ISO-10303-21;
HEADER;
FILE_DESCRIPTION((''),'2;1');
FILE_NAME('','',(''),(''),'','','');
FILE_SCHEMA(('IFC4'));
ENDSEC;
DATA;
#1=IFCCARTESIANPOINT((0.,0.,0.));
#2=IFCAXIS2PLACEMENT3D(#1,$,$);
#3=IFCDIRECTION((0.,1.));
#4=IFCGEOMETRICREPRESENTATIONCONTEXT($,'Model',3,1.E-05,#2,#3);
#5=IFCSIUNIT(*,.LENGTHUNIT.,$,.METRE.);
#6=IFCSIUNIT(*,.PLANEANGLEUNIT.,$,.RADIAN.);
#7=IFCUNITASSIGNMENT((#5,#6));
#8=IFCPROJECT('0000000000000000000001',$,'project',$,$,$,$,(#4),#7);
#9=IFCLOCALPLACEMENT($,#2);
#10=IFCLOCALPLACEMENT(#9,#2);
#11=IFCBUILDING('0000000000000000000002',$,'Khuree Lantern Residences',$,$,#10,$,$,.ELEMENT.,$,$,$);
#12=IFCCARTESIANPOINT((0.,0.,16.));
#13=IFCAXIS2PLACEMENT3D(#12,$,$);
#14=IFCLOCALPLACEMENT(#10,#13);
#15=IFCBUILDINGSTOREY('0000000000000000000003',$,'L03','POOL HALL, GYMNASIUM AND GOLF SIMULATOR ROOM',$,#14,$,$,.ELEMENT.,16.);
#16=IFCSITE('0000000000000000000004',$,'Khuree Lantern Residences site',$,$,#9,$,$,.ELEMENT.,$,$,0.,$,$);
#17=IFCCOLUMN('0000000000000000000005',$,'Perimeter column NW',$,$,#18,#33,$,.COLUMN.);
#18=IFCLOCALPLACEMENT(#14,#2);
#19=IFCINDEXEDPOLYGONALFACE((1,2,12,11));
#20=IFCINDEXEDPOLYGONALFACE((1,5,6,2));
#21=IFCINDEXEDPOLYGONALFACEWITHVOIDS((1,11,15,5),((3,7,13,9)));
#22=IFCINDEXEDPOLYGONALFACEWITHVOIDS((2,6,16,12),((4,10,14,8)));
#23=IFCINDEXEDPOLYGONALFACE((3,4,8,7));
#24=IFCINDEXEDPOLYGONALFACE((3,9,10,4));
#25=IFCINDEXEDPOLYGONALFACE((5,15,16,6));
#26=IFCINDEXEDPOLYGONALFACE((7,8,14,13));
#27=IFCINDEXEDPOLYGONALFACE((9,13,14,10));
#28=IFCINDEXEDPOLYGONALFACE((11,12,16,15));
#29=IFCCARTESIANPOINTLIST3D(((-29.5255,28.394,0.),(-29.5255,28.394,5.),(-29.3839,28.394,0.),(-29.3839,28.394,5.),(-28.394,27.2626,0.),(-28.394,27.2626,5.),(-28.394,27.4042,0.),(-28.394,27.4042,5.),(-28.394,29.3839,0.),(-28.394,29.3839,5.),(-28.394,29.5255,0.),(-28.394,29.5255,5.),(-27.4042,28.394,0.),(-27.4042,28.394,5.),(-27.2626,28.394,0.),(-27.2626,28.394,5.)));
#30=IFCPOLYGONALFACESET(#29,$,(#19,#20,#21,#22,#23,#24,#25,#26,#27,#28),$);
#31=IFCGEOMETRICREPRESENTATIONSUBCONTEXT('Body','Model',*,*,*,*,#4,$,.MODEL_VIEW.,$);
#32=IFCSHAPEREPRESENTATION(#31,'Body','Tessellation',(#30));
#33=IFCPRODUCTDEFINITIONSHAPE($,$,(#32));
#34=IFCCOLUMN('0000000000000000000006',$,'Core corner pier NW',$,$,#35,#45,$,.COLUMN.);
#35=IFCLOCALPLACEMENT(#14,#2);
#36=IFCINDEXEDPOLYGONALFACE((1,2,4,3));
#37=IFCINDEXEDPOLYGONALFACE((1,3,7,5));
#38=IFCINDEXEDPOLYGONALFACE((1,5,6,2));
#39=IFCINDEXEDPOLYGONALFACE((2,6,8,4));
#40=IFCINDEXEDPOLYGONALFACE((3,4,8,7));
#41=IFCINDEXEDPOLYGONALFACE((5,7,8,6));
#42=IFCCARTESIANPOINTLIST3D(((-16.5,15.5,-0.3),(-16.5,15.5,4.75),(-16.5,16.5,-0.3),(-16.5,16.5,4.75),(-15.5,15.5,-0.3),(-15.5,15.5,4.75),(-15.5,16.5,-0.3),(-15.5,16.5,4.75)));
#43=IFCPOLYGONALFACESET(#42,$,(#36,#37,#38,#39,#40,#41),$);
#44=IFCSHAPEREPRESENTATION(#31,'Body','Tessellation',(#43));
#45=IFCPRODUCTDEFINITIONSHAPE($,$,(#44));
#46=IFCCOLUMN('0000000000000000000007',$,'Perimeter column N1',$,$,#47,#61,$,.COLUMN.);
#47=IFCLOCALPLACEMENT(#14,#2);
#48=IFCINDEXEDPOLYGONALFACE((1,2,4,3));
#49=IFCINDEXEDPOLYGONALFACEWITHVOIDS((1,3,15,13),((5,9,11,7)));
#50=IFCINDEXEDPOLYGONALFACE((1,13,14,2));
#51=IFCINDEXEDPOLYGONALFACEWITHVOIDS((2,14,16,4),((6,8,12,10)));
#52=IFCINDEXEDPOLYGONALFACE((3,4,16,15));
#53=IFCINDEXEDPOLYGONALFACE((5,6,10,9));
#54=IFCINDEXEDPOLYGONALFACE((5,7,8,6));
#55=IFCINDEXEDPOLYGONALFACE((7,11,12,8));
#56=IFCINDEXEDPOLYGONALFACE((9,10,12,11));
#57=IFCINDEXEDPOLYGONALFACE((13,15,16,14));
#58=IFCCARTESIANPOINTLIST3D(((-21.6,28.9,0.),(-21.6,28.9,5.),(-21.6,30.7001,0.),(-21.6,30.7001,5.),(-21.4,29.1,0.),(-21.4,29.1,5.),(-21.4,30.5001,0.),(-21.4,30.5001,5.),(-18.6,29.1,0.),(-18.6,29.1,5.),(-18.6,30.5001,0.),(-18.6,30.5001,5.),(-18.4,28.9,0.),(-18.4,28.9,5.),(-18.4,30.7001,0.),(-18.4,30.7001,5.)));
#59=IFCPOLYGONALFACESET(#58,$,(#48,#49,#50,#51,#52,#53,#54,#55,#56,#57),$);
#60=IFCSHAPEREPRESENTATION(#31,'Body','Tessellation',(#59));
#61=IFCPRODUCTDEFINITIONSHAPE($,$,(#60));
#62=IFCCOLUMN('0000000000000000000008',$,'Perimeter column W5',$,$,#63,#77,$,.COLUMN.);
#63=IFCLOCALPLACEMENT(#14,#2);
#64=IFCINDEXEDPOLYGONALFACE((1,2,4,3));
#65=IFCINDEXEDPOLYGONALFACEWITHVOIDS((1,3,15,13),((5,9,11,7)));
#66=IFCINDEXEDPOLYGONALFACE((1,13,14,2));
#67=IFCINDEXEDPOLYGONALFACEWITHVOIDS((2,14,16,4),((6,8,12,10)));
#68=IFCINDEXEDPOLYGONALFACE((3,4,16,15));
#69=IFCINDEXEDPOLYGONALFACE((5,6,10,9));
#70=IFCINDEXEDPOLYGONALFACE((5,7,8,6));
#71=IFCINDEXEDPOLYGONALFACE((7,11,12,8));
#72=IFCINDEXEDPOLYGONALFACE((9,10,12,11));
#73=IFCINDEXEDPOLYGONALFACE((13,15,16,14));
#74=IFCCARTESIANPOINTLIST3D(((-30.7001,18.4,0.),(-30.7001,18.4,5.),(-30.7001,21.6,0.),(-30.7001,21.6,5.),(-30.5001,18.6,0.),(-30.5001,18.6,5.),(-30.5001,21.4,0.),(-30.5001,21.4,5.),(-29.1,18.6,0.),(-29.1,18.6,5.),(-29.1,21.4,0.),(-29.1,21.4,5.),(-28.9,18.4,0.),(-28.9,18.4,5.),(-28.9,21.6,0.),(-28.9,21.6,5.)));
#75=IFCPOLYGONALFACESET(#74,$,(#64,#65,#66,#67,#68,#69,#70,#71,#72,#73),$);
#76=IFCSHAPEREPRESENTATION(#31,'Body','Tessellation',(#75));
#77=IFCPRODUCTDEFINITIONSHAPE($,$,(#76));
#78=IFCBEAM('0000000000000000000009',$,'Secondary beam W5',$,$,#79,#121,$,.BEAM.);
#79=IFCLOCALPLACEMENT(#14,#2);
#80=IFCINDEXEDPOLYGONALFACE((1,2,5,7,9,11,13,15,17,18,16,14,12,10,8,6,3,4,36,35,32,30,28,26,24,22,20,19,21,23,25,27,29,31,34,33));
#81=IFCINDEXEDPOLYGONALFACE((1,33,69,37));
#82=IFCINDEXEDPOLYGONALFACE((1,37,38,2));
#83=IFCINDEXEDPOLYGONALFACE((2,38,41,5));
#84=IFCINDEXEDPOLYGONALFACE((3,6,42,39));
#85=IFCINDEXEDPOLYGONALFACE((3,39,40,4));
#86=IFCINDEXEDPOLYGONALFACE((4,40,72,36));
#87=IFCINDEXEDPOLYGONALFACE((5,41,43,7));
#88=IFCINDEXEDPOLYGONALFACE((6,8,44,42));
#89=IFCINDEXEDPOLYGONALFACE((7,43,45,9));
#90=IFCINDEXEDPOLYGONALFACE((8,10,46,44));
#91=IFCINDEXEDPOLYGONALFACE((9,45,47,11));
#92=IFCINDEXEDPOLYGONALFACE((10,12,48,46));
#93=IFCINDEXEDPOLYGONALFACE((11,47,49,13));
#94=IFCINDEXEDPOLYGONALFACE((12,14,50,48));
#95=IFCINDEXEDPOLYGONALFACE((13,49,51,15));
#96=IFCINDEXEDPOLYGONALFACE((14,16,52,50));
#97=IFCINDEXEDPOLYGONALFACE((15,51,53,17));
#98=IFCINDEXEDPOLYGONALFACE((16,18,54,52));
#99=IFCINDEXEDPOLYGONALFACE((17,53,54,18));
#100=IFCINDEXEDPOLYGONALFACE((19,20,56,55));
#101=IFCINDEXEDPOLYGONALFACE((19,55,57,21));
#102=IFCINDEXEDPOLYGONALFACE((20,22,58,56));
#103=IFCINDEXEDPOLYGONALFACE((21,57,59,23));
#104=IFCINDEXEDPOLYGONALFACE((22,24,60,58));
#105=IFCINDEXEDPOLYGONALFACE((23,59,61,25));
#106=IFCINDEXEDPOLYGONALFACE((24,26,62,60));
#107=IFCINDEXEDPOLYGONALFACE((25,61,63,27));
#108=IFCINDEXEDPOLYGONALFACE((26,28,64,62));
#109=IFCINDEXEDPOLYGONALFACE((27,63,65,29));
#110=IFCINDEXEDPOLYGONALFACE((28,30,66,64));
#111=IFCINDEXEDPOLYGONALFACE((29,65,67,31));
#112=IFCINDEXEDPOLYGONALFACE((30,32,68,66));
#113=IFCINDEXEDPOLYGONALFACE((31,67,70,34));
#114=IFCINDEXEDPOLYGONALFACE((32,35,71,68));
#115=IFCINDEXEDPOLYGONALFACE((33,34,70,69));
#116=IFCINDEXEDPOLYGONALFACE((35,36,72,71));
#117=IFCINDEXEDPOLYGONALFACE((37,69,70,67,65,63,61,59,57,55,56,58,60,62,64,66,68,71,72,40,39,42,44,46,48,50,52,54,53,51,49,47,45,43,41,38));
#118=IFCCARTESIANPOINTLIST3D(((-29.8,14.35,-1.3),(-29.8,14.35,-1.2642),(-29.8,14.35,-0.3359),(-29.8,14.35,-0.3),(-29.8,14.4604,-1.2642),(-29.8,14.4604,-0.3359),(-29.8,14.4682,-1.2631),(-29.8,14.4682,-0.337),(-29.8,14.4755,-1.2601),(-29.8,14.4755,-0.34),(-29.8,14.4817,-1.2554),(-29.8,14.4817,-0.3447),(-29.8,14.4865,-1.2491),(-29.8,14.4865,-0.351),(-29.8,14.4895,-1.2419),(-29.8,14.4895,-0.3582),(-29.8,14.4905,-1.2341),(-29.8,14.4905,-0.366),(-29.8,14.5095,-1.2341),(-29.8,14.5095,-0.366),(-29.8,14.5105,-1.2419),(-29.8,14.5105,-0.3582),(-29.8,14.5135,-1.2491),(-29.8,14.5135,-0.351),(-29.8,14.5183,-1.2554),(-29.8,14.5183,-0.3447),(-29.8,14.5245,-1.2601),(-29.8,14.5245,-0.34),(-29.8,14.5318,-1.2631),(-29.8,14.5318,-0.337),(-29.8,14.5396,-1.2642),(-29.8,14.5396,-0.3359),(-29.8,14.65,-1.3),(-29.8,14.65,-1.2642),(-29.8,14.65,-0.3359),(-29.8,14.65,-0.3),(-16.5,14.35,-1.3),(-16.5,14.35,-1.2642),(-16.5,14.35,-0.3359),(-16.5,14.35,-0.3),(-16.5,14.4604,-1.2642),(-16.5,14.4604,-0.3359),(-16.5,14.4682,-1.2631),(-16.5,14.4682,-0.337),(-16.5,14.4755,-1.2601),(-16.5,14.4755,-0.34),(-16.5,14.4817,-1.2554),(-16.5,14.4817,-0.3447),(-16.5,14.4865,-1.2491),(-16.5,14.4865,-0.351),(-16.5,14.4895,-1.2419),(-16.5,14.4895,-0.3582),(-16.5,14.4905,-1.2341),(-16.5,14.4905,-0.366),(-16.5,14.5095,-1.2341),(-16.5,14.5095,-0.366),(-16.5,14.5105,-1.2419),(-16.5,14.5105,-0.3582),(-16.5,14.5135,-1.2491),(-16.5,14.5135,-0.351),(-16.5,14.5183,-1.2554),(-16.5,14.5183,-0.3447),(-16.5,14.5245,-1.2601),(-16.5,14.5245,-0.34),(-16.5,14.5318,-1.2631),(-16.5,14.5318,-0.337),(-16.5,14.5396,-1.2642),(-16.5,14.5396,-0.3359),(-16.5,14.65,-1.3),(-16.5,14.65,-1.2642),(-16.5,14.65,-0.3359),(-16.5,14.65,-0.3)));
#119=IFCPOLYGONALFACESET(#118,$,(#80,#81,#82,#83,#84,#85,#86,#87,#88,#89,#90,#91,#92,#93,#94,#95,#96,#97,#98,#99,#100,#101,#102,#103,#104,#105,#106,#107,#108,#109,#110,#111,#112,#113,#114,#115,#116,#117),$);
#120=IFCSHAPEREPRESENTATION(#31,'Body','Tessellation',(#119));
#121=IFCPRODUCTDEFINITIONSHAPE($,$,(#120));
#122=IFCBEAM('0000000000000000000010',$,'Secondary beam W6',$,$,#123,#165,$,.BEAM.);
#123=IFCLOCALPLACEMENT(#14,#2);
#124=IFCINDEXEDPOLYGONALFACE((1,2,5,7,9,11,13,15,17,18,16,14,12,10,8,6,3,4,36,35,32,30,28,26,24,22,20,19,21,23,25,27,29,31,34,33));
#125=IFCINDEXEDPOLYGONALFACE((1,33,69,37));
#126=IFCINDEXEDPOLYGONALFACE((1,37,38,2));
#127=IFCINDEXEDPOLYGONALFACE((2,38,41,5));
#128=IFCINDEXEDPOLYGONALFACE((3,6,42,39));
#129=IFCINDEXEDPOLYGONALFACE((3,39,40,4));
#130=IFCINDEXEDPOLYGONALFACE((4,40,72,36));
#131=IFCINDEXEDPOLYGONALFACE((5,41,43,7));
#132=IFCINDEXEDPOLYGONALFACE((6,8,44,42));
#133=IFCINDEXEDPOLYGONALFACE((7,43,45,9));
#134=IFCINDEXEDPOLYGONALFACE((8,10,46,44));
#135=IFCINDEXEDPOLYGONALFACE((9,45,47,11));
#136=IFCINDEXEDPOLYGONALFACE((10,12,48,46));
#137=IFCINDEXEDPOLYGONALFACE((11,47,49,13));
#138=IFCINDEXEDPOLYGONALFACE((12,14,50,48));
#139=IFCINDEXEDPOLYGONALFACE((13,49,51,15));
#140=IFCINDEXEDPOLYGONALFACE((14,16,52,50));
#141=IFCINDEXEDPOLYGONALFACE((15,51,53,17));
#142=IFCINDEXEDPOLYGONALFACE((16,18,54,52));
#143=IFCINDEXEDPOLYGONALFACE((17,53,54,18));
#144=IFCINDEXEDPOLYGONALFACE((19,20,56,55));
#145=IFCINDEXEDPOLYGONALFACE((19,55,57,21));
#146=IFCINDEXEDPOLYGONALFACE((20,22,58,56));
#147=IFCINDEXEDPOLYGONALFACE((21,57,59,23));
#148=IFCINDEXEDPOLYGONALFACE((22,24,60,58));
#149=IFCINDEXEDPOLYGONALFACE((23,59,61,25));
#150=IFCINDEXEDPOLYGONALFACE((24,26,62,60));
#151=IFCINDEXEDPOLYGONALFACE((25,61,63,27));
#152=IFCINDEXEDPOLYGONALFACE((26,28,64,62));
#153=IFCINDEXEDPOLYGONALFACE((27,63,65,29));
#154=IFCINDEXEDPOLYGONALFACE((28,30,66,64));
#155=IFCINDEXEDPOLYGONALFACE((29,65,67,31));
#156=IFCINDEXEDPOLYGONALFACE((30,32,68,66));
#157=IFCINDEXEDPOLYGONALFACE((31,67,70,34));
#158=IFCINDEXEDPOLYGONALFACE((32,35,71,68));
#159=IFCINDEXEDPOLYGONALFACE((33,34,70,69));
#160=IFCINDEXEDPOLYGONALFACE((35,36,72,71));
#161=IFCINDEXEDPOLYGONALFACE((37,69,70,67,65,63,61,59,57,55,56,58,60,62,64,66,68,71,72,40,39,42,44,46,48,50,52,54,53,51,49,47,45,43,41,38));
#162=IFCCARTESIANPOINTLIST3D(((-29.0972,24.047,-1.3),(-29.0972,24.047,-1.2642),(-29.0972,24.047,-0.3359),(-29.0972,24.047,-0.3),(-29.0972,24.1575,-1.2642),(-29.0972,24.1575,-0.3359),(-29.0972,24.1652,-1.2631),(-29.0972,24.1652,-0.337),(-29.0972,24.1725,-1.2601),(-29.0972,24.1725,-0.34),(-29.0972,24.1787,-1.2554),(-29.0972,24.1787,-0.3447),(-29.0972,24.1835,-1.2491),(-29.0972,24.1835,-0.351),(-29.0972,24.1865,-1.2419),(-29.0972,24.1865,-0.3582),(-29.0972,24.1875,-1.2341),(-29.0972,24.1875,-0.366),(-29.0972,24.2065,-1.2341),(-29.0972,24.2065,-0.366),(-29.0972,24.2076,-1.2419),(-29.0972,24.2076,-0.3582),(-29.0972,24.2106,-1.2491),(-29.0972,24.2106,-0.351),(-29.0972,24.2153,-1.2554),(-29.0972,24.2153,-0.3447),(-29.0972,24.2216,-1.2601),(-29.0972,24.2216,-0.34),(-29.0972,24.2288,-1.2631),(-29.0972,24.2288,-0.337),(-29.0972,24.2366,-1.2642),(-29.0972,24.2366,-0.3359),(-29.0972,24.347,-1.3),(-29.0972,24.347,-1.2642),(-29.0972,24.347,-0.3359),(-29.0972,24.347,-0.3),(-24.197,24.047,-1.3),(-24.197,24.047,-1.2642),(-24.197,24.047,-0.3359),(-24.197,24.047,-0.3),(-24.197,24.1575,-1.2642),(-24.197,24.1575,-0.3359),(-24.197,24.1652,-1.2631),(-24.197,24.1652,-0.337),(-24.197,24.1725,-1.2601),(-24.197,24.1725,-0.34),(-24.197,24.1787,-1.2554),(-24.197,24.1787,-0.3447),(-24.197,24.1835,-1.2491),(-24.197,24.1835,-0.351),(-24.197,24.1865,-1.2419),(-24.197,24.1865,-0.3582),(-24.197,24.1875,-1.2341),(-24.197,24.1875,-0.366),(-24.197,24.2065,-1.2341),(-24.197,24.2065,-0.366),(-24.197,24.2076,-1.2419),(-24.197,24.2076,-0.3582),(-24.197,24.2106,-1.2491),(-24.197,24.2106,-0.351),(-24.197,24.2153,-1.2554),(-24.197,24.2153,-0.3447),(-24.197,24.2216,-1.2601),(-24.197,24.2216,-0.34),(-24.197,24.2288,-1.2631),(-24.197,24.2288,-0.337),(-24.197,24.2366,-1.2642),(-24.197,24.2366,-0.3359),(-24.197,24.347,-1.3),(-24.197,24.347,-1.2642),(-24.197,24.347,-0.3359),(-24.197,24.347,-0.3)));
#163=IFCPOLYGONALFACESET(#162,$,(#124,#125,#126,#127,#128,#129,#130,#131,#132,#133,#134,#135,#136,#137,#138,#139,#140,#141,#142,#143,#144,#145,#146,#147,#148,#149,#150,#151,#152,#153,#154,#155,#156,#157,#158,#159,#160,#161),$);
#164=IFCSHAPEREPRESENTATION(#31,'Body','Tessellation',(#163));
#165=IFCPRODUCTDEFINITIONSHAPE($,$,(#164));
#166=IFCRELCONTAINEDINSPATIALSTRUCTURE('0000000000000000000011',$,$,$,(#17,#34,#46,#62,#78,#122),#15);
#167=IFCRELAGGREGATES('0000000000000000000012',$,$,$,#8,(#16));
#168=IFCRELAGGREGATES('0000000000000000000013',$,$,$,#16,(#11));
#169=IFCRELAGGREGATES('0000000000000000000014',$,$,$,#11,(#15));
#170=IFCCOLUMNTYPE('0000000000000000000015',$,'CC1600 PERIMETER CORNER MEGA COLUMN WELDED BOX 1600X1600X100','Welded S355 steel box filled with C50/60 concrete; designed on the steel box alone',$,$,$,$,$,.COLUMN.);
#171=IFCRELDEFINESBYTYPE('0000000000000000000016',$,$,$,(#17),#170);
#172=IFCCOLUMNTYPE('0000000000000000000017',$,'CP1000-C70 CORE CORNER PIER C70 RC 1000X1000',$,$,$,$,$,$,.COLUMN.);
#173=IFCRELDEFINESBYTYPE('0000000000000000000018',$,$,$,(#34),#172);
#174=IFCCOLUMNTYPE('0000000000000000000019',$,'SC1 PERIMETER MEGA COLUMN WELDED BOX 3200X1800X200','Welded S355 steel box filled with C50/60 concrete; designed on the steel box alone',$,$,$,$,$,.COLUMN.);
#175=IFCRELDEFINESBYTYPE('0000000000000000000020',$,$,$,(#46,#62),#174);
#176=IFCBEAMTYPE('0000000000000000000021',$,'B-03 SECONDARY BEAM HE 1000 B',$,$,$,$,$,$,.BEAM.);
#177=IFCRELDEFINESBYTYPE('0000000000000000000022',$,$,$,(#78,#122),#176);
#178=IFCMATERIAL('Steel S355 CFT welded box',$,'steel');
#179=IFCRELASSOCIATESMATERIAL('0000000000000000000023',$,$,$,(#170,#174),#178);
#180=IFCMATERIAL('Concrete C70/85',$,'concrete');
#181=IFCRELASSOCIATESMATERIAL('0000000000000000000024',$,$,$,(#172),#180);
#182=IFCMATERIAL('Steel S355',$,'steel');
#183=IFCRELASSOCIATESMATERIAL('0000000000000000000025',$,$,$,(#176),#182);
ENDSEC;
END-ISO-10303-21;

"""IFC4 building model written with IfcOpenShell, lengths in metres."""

from ifc_helpers import new_model, si_unit, direction, frame, origin, origin_2d, place, context, subcontext, project, spatial, rectangle, hollow_rectangle, i_section, extrude, material, material_profile, profile_set, type_object, element, save


model = new_model("IFC4")

# Units and contexts
model_context = context("Model", 3, precision=1e-05, world=origin(), true_north=direction((0.0, 1.0)))
body_context = subcontext(model_context, "Body", "Model", "MODEL_VIEW")
ifc_project = project(units=[si_unit("LENGTHUNIT", "METRE"), si_unit("PLANEANGLEUNIT", "RADIAN")], contexts=[model_context])

# Site, building, storey
site_placement = place(None, origin())
site = spatial("IfcSite", under=ifc_project, at=site_placement, Name="Khuree Lantern Residences site", CompositionType="ELEMENT", RefElevation=0.0)
building_placement = place(site_placement, origin())
building = spatial("IfcBuilding", under=site, at=building_placement, Name="Khuree Lantern Residences", CompositionType="ELEMENT")
storey_placement = place(building_placement, frame((0.0, 0.0, 16.0)))
storey = spatial("IfcBuildingStorey", under=building, at=storey_placement, Name="L03", Description="POOL HALL, GYMNASIUM AND GOLF SIMULATOR ROOM", CompositionType="ELEMENT", Elevation=16.0)

# Columns
ifc_material_1 = material(Name="Steel S355 CFT welded box", Category="steel")
ifc_material_profile_1 = material_profile(ifc_material_1, hollow_rectangle(XDim=1.6001, YDim=1.6001, WallThickness=0.1001, at=origin_2d()), Name="WELDED BOX 1600X1600X100")
ifc_profile_set_1 = profile_set([ifc_material_profile_1], Name="Steel S355 CFT welded box")
column_type_1 = type_object("IfcColumnType", Name="CC1600 PERIMETER CORNER MEGA COLUMN WELDED BOX 1600X1600X100", Description="Welded S355 steel box filled with C50/60 concrete; designed on the steel box alone", PredefinedType="COLUMN", material=ifc_profile_set_1)
column_1_placement = place(storey_placement, frame((-28.394, 28.394, 0.0), z_axis=(0.0, 0.0, 1.0), x_axis=(0.707107, 0.707107, 0.0)))
element("IfcColumn", 1, at=column_1_placement, inside=storey, type_object=column_type_1, Name="Perimeter column NW", PredefinedType="COLUMN", context=body_context, shape_type="SweptSolid", body=[
    extrude(hollow_rectangle(XDim=1.6001, YDim=1.6001, WallThickness=0.1001, at=origin_2d()), origin(), (0.0, 0.0, 1.0), 5.0),
])
ifc_material_2 = material(Name="Concrete C70/85", Category="concrete")
ifc_material_profile_2 = material_profile(ifc_material_2, rectangle(XDim=1.0, YDim=1.0, at=origin_2d()), Name="RC 1000X1000")
ifc_profile_set_2 = profile_set([ifc_material_profile_2], Name="Concrete C70/85")
column_type_2 = type_object("IfcColumnType", Name="CP1000-C70 CORE CORNER PIER C70 RC 1000X1000", PredefinedType="COLUMN", material=ifc_profile_set_2)
column_2_placement = place(storey_placement, frame((-16.0, 16.0, -0.3), z_axis=(0.0, 0.0, 1.0), x_axis=(1.0, 0.0, 0.0)))
element("IfcColumn", 2, at=column_2_placement, inside=storey, type_object=column_type_2, Name="Core corner pier NW", PredefinedType="COLUMN", context=body_context, shape_type="SweptSolid", body=[
    extrude(rectangle(XDim=1.0, YDim=1.0, at=origin_2d()), origin(), (0.0, 0.0, 1.0), 5.05),
])
ifc_material_profile_3 = material_profile(ifc_material_1, hollow_rectangle(XDim=3.2, YDim=1.8, WallThickness=0.2, at=origin_2d()), Name="WELDED BOX 3200X1800X200")
ifc_profile_set_3 = profile_set([ifc_material_profile_3], Name="Steel S355 CFT welded box")
column_type_3 = type_object("IfcColumnType", Name="SC1 PERIMETER MEGA COLUMN WELDED BOX 3200X1800X200", Description="Welded S355 steel box filled with C50/60 concrete; designed on the steel box alone", PredefinedType="COLUMN", material=ifc_profile_set_3)
for number, where, z_axis, x_axis, name in (
    (3, (-20.0, 29.8, 0.0), (0.0, 0.0, 1.0), (1.0, 0.0, 0.0), "Perimeter column N1"),
    (4, (-29.8, 20.0, 0.0), (0.0, 0.0, 1.0), (0.0, 1.0, 0.0), "Perimeter column W5"),
):
    element("IfcColumn", number, at=place(storey_placement, frame(where, z_axis=z_axis, x_axis=x_axis)), inside=storey, type_object=column_type_3, Name=name, PredefinedType="COLUMN", context=body_context, shape_type="SweptSolid", body=[
        extrude(hollow_rectangle(XDim=3.2, YDim=1.8, WallThickness=0.2, at=origin_2d()), origin(), (0.0, 0.0, 1.0), 5.0),
    ])

# Beams
ifc_material_3 = material(Name="Steel S355", Category="steel")
ifc_material_profile_4 = material_profile(ifc_material_3, i_section(OverallWidth=0.3, OverallDepth=1.0, WebThickness=0.019, FlangeThickness=0.0359, FilletRadius=0.03, at=origin_2d()), Name="HE 1000 B")
ifc_profile_set_4 = profile_set([ifc_material_profile_4], Name="Steel S355")
beam_type_1 = type_object("IfcBeamType", Name="B-03 SECONDARY BEAM HE 1000 B", PredefinedType="BEAM", material=ifc_profile_set_4)
beam_1_placement = place(storey_placement, frame((-29.8, 14.5, -0.8), z_axis=(1.0, 0.0, 0.0), x_axis=(0.0, 1.0, 0.0)))
element("IfcBeam", 5, at=beam_1_placement, inside=storey, type_object=beam_type_1, Name="Secondary beam W5", PredefinedType="BEAM", context=body_context, shape_type="SweptSolid", body=[
    extrude(i_section(OverallWidth=0.3, OverallDepth=1.0, WebThickness=0.019, FlangeThickness=0.0359, FilletRadius=0.03, at=origin_2d()), origin(), (0.0, 0.0, 1.0), 13.3),
])
for number, where, z_axis, x_axis, name in (
    (6, (-29.0972, 24.197, -0.8), (1.0, 0.0, 0.0), (0.0, 1.0, 0.0), "Secondary beam W6"),
):
    element("IfcBeam", number, at=place(storey_placement, frame(where, z_axis=z_axis, x_axis=x_axis)), inside=storey, type_object=beam_type_1, Name=name, PredefinedType="BEAM", context=body_context, shape_type="SweptSolid", body=[
        extrude(i_section(OverallWidth=0.3, OverallDepth=1.0, WebThickness=0.019, FlangeThickness=0.0359, FilletRadius=0.03, at=origin_2d()), origin(), (0.0, 0.0, 1.0), 4.9001),
    ])

save(model, "model.ifc")
